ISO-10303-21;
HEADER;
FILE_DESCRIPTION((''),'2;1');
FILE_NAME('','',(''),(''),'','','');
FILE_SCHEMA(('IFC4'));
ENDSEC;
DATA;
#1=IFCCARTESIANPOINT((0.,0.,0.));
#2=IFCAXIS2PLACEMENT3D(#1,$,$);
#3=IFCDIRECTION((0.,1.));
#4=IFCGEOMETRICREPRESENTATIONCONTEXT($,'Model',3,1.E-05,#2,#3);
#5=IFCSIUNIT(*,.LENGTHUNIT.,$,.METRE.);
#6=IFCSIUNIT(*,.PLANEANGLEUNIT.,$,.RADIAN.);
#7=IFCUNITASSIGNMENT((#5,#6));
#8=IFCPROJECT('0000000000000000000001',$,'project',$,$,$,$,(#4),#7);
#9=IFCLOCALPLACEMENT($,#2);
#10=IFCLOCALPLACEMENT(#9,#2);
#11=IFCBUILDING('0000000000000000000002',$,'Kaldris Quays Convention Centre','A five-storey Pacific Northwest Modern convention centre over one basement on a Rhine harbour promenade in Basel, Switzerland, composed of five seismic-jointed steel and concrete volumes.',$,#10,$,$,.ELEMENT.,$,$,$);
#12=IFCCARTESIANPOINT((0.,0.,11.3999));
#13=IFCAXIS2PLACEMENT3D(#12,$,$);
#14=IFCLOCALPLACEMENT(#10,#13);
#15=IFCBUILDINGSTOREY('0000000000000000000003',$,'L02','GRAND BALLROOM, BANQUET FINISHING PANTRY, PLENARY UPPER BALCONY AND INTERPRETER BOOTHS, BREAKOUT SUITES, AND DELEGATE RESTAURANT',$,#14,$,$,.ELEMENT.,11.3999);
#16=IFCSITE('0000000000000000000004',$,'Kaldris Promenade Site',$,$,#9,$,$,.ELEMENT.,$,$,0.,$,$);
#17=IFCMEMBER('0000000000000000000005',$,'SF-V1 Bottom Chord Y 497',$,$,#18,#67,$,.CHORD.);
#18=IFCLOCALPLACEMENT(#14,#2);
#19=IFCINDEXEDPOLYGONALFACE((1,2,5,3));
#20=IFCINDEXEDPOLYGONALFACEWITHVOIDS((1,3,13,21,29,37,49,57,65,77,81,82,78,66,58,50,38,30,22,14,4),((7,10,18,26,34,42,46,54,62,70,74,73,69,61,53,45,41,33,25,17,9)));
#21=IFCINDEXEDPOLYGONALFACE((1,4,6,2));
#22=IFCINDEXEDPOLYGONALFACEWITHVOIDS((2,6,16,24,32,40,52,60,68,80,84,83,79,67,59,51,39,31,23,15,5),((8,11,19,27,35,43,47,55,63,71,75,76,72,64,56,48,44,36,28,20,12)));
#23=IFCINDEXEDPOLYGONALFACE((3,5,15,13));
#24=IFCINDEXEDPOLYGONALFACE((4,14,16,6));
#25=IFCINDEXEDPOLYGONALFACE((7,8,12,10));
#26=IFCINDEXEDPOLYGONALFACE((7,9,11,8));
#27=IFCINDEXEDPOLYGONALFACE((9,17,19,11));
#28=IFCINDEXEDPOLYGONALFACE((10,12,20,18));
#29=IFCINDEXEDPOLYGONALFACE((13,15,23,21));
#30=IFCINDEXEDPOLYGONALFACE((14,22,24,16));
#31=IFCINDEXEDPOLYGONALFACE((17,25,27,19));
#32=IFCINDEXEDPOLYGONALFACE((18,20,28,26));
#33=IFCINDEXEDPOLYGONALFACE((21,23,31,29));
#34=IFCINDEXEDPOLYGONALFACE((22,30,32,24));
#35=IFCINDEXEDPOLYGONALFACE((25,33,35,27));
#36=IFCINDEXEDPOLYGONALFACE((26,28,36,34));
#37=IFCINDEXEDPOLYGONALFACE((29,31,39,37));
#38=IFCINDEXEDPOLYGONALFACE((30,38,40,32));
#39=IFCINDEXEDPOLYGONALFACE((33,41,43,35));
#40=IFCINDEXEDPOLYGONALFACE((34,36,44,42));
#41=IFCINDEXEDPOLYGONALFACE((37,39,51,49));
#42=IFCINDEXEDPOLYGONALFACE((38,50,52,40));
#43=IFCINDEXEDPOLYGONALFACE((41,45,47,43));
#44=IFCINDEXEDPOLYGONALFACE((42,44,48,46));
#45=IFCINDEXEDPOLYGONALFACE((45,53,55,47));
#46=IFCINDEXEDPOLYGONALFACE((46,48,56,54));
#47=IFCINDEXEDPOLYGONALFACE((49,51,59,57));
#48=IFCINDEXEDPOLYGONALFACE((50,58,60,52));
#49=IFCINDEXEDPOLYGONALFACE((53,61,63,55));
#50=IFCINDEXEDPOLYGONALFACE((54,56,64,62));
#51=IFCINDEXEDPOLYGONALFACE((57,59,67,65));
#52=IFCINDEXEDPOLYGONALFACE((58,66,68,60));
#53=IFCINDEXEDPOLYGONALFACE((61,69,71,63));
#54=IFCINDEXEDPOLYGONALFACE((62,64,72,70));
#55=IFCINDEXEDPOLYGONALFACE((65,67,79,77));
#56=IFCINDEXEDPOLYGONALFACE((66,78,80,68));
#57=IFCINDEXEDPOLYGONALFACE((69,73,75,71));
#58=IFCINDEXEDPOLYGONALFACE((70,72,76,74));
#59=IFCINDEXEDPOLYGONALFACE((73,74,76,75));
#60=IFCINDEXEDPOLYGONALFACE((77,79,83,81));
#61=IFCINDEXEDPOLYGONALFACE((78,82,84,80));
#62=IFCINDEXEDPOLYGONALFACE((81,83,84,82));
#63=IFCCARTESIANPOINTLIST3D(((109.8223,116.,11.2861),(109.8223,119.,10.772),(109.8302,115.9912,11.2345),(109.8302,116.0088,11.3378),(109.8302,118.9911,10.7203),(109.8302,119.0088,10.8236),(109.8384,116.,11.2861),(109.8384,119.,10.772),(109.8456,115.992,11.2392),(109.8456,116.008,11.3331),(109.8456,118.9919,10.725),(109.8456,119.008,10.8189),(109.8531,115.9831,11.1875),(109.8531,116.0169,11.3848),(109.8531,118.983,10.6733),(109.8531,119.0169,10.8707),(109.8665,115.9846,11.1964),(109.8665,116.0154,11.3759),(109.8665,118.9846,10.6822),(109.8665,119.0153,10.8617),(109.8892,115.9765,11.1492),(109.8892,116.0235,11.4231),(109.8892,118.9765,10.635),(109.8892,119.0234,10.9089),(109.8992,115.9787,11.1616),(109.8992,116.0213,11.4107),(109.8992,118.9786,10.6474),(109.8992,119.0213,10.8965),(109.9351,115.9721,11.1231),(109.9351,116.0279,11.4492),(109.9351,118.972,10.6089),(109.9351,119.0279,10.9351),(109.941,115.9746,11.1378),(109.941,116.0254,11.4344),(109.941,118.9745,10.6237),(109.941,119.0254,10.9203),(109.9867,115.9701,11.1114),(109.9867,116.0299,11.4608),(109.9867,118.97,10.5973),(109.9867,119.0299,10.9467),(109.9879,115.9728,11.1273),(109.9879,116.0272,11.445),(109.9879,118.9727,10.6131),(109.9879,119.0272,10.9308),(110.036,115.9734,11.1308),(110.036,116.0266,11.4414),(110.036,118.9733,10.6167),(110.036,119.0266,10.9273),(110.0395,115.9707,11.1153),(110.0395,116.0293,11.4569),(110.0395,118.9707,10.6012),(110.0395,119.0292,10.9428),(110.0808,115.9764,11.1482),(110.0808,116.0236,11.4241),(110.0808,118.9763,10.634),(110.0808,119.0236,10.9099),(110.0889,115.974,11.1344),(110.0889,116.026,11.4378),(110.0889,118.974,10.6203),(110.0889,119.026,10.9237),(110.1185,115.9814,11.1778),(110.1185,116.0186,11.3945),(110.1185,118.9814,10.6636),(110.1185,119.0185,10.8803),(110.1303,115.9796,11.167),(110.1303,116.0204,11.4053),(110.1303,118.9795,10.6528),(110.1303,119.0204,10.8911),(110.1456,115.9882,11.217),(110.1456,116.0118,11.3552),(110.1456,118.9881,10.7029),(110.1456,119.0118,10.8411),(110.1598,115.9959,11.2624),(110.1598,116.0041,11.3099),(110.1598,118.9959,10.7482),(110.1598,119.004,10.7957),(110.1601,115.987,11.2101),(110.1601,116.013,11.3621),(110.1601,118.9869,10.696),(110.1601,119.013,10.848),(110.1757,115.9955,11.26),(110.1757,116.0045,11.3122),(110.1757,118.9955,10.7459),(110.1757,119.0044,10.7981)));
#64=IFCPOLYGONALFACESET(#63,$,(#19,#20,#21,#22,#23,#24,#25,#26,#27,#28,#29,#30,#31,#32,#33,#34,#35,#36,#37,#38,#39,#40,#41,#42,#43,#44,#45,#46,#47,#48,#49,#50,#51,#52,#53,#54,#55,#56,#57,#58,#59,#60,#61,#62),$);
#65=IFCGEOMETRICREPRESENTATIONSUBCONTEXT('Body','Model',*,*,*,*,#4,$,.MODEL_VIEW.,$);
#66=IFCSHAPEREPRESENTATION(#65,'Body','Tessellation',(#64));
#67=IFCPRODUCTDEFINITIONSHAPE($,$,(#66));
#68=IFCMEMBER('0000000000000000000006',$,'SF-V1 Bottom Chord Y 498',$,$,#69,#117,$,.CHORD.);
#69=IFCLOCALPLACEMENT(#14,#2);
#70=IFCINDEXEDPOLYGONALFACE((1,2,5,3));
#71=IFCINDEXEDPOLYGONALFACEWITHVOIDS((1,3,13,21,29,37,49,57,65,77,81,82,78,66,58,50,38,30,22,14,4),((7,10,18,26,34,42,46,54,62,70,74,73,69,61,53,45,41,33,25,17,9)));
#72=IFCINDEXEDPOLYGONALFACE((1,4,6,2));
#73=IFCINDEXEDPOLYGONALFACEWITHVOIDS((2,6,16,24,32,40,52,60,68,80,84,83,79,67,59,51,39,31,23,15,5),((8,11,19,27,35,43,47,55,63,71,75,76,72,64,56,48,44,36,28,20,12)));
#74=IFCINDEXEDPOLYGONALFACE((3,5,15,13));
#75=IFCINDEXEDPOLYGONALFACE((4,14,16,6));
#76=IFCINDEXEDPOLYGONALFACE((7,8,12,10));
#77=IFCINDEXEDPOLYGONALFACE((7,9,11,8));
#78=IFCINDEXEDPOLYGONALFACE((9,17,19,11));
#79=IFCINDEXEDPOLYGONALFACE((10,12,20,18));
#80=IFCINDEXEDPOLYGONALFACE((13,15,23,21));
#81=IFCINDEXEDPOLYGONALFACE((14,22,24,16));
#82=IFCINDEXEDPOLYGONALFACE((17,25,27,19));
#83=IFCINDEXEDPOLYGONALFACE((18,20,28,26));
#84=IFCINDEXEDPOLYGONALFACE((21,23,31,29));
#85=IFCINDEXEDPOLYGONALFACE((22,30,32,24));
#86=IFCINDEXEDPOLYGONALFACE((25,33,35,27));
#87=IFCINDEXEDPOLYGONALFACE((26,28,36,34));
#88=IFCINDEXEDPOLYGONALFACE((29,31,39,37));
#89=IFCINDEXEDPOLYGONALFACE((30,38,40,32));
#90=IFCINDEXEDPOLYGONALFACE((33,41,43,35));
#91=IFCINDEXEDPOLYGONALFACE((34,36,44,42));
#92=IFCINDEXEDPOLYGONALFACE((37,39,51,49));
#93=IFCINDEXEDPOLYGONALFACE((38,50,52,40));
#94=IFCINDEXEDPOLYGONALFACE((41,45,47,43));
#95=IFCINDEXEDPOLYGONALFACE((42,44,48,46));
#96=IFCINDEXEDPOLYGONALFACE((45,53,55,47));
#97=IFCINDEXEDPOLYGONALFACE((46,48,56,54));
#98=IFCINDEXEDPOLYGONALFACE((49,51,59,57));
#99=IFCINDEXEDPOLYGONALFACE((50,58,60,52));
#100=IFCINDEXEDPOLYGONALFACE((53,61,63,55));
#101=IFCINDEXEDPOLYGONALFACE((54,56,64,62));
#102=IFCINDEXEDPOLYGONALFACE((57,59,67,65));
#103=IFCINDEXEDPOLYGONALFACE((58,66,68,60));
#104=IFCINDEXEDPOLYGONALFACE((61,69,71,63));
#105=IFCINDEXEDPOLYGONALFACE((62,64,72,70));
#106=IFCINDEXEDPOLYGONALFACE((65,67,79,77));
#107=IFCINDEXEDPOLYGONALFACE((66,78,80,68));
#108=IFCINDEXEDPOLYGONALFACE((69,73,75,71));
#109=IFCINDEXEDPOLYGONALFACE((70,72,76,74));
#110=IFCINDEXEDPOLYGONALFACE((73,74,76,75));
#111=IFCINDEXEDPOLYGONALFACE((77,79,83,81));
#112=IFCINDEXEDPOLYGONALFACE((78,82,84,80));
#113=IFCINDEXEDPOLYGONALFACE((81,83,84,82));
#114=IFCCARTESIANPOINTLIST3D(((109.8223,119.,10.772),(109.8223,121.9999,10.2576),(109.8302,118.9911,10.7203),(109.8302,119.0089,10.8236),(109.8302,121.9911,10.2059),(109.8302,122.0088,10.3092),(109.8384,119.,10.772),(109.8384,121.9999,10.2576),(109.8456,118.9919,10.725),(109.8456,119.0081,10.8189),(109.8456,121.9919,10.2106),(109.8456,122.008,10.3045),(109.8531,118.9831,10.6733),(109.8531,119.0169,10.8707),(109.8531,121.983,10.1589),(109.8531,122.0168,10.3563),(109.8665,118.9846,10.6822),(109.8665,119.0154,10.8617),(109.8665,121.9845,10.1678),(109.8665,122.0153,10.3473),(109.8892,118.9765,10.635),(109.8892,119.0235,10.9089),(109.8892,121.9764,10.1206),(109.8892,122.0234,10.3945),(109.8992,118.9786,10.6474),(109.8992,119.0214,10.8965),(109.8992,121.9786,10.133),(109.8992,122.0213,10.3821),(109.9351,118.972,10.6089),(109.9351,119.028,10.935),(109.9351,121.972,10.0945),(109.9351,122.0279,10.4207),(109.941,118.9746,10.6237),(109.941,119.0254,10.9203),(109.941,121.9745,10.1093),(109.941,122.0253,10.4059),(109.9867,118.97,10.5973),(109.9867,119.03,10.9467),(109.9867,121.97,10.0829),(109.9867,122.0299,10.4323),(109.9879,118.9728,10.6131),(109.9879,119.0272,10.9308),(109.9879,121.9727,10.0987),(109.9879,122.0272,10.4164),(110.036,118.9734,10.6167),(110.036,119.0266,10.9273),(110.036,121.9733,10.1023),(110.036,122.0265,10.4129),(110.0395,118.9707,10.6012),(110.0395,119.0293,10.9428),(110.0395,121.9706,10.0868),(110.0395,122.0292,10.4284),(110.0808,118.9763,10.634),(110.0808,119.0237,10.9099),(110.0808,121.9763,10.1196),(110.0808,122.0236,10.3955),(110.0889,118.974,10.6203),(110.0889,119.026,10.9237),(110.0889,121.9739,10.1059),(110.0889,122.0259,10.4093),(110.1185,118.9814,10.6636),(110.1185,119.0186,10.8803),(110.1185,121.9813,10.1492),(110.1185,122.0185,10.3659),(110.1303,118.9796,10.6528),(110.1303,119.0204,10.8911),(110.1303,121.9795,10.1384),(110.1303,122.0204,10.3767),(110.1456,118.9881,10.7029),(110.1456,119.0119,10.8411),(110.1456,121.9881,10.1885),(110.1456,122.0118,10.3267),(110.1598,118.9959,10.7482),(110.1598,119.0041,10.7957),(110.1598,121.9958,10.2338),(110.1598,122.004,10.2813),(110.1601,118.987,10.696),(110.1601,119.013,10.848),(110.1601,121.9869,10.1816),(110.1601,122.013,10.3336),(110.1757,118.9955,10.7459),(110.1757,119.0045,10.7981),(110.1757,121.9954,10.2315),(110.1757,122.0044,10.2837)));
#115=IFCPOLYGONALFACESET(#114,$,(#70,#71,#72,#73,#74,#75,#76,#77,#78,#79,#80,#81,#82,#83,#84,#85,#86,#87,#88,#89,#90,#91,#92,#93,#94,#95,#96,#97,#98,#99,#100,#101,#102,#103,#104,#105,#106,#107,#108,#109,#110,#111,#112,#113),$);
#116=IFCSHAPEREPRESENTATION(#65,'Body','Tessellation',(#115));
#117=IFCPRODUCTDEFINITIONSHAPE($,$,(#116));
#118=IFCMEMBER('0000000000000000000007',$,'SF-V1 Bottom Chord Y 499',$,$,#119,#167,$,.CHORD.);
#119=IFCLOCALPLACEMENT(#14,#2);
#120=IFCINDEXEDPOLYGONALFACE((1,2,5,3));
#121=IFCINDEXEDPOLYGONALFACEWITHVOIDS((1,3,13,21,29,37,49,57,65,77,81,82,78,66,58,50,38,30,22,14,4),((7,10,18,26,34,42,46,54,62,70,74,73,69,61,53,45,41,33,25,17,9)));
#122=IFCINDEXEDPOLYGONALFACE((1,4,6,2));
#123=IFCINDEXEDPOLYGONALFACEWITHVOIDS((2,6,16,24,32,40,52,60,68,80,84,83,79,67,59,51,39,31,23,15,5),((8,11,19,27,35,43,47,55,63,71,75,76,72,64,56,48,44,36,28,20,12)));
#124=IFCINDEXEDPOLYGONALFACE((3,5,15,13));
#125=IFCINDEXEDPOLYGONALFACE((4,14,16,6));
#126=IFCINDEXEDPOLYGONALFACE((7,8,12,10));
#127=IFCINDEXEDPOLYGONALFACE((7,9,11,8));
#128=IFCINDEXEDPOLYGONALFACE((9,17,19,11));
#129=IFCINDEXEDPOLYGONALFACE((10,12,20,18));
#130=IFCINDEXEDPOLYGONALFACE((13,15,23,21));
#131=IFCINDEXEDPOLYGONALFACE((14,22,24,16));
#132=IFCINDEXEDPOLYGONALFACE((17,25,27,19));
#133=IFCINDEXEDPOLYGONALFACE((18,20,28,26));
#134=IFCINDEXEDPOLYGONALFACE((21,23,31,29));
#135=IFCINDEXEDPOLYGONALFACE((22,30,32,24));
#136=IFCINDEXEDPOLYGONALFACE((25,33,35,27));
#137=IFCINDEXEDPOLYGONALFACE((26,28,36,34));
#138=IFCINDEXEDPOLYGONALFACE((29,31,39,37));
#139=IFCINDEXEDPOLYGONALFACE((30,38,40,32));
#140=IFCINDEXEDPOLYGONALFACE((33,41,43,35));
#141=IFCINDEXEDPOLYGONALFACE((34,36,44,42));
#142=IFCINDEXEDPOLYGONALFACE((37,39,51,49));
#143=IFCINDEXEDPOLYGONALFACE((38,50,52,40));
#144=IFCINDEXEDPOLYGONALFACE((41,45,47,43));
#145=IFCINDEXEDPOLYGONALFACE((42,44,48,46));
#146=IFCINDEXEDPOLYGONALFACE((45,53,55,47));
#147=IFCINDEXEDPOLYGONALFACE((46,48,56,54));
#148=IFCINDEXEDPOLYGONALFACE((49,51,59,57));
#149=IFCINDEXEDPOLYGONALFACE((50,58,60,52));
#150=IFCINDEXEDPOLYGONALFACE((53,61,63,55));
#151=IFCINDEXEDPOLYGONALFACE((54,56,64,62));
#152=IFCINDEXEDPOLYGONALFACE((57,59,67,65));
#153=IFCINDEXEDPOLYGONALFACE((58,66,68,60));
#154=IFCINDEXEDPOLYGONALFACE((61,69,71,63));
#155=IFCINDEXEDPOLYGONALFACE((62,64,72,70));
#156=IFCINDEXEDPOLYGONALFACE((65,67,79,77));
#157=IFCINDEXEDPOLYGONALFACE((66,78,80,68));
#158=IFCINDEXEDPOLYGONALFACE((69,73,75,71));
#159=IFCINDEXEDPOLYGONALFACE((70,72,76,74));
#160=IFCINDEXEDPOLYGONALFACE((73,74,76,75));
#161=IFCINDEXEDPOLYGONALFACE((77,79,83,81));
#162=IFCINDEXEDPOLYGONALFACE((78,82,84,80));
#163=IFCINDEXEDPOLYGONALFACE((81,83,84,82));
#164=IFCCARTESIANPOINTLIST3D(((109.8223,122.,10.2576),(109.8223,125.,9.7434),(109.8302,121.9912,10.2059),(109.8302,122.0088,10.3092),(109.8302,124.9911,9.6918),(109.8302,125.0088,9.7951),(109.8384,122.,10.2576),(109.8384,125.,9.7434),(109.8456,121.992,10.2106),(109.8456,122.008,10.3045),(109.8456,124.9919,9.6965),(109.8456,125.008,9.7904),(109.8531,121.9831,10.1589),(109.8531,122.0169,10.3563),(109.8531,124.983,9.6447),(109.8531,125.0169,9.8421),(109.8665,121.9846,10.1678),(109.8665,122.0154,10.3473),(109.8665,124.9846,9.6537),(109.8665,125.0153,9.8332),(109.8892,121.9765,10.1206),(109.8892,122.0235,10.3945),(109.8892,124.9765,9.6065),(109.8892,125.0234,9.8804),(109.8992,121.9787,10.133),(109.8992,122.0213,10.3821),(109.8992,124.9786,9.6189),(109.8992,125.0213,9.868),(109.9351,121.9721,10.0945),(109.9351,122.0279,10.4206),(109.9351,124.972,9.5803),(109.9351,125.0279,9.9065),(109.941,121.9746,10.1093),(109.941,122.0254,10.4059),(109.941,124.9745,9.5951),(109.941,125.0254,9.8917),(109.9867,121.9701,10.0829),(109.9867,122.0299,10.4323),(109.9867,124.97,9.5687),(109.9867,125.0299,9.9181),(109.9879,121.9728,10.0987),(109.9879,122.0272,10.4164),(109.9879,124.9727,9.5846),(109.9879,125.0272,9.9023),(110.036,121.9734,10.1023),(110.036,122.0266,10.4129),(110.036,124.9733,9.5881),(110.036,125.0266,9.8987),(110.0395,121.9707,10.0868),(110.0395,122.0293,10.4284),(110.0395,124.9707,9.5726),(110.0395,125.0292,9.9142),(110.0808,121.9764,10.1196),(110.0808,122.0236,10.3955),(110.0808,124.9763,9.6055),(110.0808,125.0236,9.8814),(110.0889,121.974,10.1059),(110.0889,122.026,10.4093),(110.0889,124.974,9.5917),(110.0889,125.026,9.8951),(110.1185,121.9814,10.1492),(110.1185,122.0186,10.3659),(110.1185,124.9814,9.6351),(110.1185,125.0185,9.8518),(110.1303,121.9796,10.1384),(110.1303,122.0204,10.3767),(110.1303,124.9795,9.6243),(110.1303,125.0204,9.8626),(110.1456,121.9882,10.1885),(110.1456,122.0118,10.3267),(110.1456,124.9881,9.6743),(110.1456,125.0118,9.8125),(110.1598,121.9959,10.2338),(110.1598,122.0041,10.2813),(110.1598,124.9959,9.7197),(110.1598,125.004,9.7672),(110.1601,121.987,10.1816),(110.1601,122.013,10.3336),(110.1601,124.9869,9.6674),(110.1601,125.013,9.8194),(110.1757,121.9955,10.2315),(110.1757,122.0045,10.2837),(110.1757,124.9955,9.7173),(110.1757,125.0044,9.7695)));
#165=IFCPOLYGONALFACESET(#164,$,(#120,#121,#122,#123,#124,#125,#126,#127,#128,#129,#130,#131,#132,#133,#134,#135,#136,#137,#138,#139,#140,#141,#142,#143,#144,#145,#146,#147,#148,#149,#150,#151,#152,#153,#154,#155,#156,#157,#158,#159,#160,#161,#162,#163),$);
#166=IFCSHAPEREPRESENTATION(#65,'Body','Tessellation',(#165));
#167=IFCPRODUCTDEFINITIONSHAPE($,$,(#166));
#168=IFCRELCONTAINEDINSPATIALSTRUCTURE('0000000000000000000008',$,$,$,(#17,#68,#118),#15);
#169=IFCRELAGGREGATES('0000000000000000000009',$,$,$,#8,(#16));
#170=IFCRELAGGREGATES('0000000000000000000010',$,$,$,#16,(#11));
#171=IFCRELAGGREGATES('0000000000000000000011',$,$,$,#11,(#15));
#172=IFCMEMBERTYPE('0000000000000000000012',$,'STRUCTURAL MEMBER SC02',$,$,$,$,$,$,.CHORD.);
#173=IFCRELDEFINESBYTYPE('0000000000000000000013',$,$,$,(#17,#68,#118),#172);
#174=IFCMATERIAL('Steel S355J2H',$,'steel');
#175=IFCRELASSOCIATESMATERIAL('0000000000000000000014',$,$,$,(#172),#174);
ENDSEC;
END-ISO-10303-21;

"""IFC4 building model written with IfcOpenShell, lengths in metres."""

from ifc_helpers import new_model, si_unit, direction, frame, origin, origin_2d, place, context, subcontext, project, spatial, hollow_circle, extrude, material, material_profile, profile_set, type_object, element, save


model = new_model("IFC4")

# Units and contexts
model_context = context("Model", 3, precision=1e-05, world=origin(), true_north=direction((0.0, 1.0)))
body_context = subcontext(model_context, "Body", "Model", "MODEL_VIEW")
ifc_project = project(units=[si_unit("LENGTHUNIT", "METRE"), si_unit("PLANEANGLEUNIT", "RADIAN")], contexts=[model_context])

# Site, building, storey
site_placement = place(None, origin())
site = spatial("IfcSite", under=ifc_project, at=site_placement, Name="Kaldris Promenade Site", CompositionType="ELEMENT", RefElevation=0.0)
building_placement = place(site_placement, origin())
building = spatial("IfcBuilding", under=site, at=building_placement, Name="Kaldris Quays Convention Centre", Description="A five-storey Pacific Northwest Modern convention centre over one basement on a Rhine harbour promenade in Basel, Switzerland, composed of five seismic-jointed steel and concrete volumes.", CompositionType="ELEMENT")
storey_placement = place(building_placement, frame((0.0, 0.0, 11.3999)))
storey = spatial("IfcBuildingStorey", under=building, at=storey_placement, Name="L02", Description="GRAND BALLROOM, BANQUET FINISHING PANTRY, PLENARY UPPER BALCONY AND INTERPRETER BOOTHS, BREAKOUT SUITES, AND DELEGATE RESTAURANT", CompositionType="ELEMENT", Elevation=11.3999)

# Members
ifc_material_1 = material(Name="Steel S355J2H", Category="steel")
ifc_material_profile_1 = material_profile(ifc_material_1, hollow_circle(Radius=0.1777, WallThickness=0.0161, at=origin_2d()), Name="CHS 355.6x16")
ifc_profile_set_1 = profile_set([ifc_material_profile_1], Name="Steel S355J2H")
member_type_1 = type_object("IfcMemberType", Name="STRUCTURAL MEMBER SC02", PredefinedType="CHORD", material=ifc_profile_set_1)
for number, where, z_axis, x_axis, name in (
    (1, (110.0, 116.0, 11.2861), (0.0, 0.985629, -0.168924), (-1.0, 0.0, 0.0), "SF-V1 Bottom Chord Y 497"),
    (2, (110.0, 119.0, 10.772), (0.0, 0.985616, -0.169002), (-1.0, 0.0, 0.0), "SF-V1 Bottom Chord Y 498"),
    (3, (110.0, 122.0, 10.2576), (0.0, 0.985629, -0.168924), (-1.0, 0.0, 0.0), "SF-V1 Bottom Chord Y 499"),
):
    element("IfcMember", number, at=place(storey_placement, frame(where, z_axis=z_axis, x_axis=x_axis)), inside=storey, type_object=member_type_1, Name=name, PredefinedType="CHORD", context=body_context, shape_type="SweptSolid", body=[
        extrude(hollow_circle(Radius=0.1777, WallThickness=0.0161, at=origin_2d()), origin(), (0.0, 0.0, 1.0), 3.0437),
    ])

save(model, "model.ifc")
